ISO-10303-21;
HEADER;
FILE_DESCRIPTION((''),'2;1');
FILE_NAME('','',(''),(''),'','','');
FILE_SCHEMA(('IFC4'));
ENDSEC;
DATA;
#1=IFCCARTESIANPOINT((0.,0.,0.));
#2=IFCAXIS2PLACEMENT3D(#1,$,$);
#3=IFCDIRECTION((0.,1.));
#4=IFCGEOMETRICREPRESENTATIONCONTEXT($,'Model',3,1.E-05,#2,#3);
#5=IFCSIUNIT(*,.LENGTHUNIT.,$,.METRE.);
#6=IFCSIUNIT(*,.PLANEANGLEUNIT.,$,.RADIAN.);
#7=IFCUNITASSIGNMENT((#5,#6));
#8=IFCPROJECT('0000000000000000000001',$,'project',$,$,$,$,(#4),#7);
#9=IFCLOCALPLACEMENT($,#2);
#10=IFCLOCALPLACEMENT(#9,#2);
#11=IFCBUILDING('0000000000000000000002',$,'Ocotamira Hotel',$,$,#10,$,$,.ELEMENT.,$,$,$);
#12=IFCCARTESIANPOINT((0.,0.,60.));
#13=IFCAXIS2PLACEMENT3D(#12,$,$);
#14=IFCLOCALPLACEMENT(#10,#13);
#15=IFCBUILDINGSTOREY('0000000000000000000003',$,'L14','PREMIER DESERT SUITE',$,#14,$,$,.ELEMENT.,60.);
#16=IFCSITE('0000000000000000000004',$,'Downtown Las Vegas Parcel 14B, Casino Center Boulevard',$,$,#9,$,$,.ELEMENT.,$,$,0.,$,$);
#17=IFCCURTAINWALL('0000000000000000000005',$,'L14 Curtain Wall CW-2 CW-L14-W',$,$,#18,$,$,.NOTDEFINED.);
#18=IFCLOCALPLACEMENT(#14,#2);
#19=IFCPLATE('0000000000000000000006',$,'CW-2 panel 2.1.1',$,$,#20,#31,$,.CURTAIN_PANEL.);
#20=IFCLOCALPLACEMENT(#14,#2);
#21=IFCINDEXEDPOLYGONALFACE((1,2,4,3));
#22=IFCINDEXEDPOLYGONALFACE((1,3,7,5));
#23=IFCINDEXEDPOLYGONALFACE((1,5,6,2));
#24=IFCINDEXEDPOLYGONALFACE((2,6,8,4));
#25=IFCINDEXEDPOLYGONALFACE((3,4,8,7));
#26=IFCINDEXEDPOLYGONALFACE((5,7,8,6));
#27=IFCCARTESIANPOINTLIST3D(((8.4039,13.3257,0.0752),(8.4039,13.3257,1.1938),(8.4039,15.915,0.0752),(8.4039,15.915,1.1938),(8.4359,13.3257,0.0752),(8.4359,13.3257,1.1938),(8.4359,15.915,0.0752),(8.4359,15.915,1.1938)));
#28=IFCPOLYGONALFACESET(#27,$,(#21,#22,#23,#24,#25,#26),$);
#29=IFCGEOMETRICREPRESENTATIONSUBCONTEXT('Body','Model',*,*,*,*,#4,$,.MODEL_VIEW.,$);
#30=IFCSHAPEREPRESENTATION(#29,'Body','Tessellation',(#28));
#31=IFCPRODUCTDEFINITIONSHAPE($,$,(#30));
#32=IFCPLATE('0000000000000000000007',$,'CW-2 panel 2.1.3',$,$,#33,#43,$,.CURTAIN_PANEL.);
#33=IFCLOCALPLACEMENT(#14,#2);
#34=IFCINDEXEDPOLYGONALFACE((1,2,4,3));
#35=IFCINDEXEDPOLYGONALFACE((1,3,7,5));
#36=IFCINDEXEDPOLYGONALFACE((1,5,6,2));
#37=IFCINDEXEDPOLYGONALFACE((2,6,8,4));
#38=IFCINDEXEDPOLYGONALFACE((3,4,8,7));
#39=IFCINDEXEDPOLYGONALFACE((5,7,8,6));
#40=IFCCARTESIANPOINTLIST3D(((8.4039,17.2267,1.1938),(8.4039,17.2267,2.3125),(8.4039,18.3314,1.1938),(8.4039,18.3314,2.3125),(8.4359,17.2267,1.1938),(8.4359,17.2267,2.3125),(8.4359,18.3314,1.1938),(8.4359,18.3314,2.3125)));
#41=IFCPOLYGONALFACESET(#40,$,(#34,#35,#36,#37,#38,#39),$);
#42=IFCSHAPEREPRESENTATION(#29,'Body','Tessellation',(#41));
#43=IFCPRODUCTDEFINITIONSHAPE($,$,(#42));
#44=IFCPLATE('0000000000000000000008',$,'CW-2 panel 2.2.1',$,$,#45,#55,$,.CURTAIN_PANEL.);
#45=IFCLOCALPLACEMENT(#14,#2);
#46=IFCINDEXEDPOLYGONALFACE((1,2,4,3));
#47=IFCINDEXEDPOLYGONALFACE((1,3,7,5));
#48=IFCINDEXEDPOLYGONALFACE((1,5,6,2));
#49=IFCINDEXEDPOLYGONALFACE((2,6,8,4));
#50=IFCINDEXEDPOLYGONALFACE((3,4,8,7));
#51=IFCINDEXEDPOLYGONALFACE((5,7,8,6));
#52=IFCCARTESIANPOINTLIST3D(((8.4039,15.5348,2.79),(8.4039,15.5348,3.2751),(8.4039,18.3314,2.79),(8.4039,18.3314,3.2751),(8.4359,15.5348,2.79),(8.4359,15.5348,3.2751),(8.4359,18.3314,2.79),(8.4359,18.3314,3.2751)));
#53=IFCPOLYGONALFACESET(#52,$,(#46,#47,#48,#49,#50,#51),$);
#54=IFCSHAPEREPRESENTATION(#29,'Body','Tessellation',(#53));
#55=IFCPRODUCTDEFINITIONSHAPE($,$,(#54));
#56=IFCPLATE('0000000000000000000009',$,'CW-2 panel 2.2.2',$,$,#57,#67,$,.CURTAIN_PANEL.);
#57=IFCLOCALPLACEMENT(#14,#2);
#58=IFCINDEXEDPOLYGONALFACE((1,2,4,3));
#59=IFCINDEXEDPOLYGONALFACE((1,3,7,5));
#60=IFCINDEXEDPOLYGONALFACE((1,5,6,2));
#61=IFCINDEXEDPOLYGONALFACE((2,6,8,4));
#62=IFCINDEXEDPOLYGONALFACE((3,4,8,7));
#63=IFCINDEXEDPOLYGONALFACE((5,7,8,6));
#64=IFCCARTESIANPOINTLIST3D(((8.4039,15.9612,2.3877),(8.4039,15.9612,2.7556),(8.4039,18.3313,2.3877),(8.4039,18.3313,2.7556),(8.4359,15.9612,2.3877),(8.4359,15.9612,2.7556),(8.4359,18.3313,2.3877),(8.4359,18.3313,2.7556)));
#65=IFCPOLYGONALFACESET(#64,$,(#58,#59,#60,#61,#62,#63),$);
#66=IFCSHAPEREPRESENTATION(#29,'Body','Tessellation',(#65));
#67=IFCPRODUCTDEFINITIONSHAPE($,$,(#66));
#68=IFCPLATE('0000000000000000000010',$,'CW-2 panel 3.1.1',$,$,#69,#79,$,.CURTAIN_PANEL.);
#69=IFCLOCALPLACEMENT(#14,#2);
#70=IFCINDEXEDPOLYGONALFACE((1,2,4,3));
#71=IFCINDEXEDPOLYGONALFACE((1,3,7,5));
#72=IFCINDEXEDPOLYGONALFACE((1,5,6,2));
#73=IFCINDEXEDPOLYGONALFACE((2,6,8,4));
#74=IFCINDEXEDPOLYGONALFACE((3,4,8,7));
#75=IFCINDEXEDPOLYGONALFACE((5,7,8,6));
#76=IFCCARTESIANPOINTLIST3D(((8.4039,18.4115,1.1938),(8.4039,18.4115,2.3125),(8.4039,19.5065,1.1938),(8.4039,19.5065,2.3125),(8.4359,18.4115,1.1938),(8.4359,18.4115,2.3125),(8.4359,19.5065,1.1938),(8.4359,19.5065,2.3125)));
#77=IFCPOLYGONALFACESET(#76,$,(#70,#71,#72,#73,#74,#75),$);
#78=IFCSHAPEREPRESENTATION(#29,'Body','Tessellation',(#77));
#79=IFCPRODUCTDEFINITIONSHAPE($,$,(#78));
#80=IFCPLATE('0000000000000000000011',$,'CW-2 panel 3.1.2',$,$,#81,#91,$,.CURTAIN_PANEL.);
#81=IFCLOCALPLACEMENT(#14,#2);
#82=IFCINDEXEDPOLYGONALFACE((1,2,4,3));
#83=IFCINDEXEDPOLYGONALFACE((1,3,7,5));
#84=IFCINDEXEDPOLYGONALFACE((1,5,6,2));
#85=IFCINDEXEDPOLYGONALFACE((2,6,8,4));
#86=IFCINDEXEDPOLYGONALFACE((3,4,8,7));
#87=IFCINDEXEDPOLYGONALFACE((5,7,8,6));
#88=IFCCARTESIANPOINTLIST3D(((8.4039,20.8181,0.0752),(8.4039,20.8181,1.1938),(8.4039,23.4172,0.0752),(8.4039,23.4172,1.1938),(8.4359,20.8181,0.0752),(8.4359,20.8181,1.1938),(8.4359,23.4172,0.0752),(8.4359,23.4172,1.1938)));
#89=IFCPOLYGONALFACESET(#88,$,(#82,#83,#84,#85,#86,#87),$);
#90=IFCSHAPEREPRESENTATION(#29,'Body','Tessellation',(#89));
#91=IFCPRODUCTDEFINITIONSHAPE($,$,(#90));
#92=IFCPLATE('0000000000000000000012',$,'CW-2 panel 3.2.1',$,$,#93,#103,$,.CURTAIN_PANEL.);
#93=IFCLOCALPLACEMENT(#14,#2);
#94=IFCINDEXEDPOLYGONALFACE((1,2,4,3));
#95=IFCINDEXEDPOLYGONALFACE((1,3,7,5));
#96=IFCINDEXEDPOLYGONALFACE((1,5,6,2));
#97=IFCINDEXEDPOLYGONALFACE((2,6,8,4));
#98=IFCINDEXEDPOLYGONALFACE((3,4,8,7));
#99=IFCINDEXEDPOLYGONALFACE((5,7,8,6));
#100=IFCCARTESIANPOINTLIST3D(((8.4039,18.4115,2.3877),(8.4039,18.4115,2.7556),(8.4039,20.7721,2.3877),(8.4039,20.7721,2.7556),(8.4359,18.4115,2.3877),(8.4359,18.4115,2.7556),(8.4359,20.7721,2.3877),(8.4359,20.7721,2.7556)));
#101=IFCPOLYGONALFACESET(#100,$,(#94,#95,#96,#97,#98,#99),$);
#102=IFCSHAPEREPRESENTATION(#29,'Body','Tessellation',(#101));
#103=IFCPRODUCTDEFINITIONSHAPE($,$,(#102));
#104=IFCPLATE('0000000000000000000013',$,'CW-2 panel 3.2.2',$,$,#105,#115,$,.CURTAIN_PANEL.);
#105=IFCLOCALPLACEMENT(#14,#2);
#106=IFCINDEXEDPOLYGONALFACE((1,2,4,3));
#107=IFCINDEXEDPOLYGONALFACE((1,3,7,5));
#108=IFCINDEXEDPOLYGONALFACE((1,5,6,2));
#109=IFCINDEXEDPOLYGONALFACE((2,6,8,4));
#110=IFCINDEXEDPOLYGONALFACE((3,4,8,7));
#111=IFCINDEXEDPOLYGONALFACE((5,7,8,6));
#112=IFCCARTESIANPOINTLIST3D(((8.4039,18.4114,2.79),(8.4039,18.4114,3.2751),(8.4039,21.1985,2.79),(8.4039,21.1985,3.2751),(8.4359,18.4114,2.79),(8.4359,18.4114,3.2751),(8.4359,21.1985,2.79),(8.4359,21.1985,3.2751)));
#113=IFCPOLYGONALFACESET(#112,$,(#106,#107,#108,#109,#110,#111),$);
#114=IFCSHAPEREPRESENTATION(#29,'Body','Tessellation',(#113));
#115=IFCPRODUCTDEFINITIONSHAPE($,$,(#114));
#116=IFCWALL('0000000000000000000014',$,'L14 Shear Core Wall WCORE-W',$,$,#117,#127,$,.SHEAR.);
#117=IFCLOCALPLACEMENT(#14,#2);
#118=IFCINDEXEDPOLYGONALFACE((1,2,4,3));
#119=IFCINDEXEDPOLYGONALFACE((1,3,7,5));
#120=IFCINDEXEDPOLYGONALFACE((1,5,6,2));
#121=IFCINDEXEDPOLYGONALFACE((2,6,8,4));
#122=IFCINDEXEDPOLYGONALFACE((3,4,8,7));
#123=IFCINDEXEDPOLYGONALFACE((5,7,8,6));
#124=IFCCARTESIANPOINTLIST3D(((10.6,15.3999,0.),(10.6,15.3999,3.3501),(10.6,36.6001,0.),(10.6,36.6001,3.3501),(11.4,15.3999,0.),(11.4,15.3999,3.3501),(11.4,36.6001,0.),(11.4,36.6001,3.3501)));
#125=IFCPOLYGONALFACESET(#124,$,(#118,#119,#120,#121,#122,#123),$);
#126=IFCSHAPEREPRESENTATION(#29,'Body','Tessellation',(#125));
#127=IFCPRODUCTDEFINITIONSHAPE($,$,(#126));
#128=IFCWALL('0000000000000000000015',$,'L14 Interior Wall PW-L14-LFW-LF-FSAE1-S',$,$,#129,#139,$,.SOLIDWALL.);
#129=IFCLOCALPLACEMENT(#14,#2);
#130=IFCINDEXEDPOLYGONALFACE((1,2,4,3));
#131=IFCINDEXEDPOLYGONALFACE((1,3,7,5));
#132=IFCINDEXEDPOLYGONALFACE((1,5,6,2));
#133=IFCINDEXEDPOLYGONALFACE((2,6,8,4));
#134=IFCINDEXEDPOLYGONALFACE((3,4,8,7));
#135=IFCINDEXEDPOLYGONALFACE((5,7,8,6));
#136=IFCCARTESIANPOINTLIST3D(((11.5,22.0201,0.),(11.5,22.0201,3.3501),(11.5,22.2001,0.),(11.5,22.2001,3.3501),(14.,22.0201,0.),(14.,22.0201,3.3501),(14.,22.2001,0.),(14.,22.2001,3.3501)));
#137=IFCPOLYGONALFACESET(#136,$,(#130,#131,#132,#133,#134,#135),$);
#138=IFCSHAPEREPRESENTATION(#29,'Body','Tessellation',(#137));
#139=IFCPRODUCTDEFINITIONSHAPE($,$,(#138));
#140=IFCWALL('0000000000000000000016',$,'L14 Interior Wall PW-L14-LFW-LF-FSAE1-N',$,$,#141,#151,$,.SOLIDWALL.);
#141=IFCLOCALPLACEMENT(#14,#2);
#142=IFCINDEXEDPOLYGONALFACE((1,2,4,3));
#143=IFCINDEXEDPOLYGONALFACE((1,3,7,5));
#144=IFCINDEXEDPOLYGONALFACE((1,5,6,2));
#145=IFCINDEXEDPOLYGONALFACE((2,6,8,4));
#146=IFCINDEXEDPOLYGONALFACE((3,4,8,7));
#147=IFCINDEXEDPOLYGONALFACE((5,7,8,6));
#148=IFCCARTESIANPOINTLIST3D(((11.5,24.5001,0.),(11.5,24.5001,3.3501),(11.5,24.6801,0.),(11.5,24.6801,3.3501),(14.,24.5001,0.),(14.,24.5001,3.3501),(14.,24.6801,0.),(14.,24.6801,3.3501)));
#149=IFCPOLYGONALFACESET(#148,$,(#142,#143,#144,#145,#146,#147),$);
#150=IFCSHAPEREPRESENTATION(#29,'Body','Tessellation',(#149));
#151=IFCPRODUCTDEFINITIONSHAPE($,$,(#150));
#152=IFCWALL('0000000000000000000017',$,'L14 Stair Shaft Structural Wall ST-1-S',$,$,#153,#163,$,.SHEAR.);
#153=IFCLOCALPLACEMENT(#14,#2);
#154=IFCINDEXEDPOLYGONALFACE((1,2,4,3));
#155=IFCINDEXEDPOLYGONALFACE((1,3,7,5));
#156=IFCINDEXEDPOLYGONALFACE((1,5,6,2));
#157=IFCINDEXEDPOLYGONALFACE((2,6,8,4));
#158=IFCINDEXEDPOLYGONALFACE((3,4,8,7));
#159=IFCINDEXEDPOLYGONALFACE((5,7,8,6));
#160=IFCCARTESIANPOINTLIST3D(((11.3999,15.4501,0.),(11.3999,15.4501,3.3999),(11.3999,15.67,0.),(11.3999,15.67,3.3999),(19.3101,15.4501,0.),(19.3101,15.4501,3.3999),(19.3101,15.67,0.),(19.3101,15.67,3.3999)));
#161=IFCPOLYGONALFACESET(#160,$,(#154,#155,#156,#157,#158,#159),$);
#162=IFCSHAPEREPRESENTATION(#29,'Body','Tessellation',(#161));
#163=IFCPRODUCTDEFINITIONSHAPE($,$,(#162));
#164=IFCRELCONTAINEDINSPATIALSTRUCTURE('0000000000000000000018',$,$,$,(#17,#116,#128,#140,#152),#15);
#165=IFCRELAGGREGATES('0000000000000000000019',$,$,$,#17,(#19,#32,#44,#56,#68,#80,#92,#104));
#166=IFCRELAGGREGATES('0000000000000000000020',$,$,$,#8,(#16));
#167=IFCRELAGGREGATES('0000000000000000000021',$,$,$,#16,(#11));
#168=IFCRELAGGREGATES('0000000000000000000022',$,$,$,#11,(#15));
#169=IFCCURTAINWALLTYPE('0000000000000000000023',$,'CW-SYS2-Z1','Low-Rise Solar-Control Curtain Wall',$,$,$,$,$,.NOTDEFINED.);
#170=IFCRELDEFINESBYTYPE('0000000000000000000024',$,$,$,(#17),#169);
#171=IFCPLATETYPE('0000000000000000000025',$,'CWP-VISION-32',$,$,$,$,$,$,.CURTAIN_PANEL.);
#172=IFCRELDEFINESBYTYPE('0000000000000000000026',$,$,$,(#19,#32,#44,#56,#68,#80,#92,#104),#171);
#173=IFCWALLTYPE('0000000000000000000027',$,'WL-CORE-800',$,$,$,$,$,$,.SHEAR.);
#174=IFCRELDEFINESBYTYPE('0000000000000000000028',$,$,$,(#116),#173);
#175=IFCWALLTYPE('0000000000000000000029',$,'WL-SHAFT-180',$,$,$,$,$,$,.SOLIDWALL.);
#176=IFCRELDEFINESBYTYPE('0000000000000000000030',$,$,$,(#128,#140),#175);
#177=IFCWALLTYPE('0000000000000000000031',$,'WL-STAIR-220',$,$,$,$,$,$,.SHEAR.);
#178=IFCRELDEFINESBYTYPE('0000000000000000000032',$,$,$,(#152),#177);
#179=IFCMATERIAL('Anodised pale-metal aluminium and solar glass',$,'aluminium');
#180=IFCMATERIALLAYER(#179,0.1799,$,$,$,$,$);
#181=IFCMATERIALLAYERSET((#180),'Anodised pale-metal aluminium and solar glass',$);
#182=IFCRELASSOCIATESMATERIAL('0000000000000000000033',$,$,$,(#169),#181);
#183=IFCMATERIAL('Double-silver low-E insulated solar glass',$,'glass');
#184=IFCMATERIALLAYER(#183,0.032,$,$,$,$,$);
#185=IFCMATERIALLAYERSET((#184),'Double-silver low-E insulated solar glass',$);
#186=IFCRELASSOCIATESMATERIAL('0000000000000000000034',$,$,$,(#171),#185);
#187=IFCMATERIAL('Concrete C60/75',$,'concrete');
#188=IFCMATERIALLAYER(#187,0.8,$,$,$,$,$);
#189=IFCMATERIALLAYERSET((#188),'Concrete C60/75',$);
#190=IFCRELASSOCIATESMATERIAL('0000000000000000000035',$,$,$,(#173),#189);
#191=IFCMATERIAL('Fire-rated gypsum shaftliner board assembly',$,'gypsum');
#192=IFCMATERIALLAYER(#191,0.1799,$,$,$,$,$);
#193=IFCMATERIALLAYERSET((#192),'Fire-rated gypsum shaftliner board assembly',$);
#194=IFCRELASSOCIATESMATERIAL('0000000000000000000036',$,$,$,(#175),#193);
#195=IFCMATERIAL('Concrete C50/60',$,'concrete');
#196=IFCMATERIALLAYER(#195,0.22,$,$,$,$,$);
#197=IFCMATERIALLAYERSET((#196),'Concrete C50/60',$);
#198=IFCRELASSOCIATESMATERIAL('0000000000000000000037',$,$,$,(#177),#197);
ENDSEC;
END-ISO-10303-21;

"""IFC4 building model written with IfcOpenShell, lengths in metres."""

from ifc_helpers import new_model, si_unit, direction, frame, frame_2d, origin, origin_2d, place, context, subcontext, project, spatial, rectangle, extrude, source, transform, mapped, material, layer, layer_set, type_object, element, aggregate, save


model = new_model("IFC4")

# Units and contexts
model_context = context("Model", 3, precision=1e-05, world=origin(), true_north=direction((0.0, 1.0)))
body_context = subcontext(model_context, "Body", "Model", "MODEL_VIEW")
ifc_project = project(units=[si_unit("LENGTHUNIT", "METRE"), si_unit("PLANEANGLEUNIT", "RADIAN")], contexts=[model_context])

# Site, building, storey
site_placement = place(None, origin())
site = spatial("IfcSite", under=ifc_project, at=site_placement, Name="Downtown Las Vegas Parcel 14B, Casino Center Boulevard", CompositionType="ELEMENT", RefElevation=0.0)
building_placement = place(site_placement, origin())
building = spatial("IfcBuilding", under=site, at=building_placement, Name="Ocotamira Hotel", CompositionType="ELEMENT")
storey_placement = place(building_placement, frame((0.0, 0.0, 60.0)))
storey = spatial("IfcBuildingStorey", under=building, at=storey_placement, Name="L14", Description="PREMIER DESERT SUITE", CompositionType="ELEMENT", Elevation=60.0)

# Shared definitions
ifc_material_1 = material(Name="Concrete C60/75", Category="concrete")

# Curtain wall
ifc_material_2 = material(Name="Anodised pale-metal aluminium and solar glass", Category="aluminium")
ifc_layer_1 = layer(ifc_material_2, 0.1799)
ifc_layer_set_1 = layer_set([ifc_layer_1], Name="Anodised pale-metal aluminium and solar glass")
curtain_wall_type = type_object("IfcCurtainWallType", Name="CW-SYS2-Z1", Description="Low-Rise Solar-Control Curtain Wall", PredefinedType="NOTDEFINED", material=ifc_layer_set_1)
curtain_wall_placement = place(storey_placement, origin())
curtain_wall = element("IfcCurtainWall", 1, at=curtain_wall_placement, inside=storey, type_object=curtain_wall_type, Name="L14 Curtain Wall CW-2 CW-L14-W", PredefinedType="NOTDEFINED")

# Plates
ifc_material_3 = material(Name="Double-silver low-E insulated solar glass", Category="glass")
ifc_layer_2 = layer(ifc_material_3, 0.032)
ifc_layer_set_2 = layer_set([ifc_layer_2], Name="Double-silver low-E insulated solar glass")
plate_type_1 = type_object("IfcPlateType", Name="CWP-VISION-32", PredefinedType="CURTAIN_PANEL", material=ifc_layer_set_2)
shared_shape_1 = source(origin(), body_context, "Body", "SweptSolid", [
    extrude(rectangle(XDim=2.5894, YDim=0.032, at=origin_2d()), origin(), (0.0, 0.0, 1.0), 1.1187),
])
plate_1_placement = place(storey_placement, frame((8.4199, 14.6204, 0.0752), z_axis=(0.0, 0.0, 1.0), x_axis=(0.0, 1.0, 0.0)))
plate_1 = element("IfcPlate", 2, at=plate_1_placement, type_object=plate_type_1, Name="CW-2 panel 2.1.1", PredefinedType="CURTAIN_PANEL", context=body_context, shape_type="MappedRepresentation", body=[
    mapped(shared_shape_1, transform((0.0, 0.0, 0.0), scale=1.0)),
])
shared_shape_2 = source(origin(), body_context, "Body", "SweptSolid", [
    extrude(rectangle(XDim=1.1047, YDim=0.032, at=origin_2d()), origin(), (0.0, 0.0, 1.0), 1.1187),
])
plate_2_placement = place(storey_placement, frame((8.4199, 17.7791, 1.1938), z_axis=(0.0, 0.0, 1.0), x_axis=(0.0, 1.0, 0.0)))
plate_2 = element("IfcPlate", 3, at=plate_2_placement, type_object=plate_type_1, Name="CW-2 panel 2.1.3", PredefinedType="CURTAIN_PANEL", context=body_context, shape_type="MappedRepresentation", body=[
    mapped(shared_shape_2, transform((0.0, 0.0, 0.0), scale=1.0)),
])
shared_shape_3 = source(origin(), body_context, "Body", "SweptSolid", [
    extrude(rectangle(XDim=2.7966, YDim=0.032, at=origin_2d()), origin(), (0.0, 0.0, 1.0), 0.4851),
])
plate_3_placement = place(storey_placement, frame((8.4199, 16.9331, 2.79), z_axis=(0.0, 0.0, 1.0), x_axis=(0.0, 1.0, 0.0)))
plate_3 = element("IfcPlate", 4, at=plate_3_placement, type_object=plate_type_1, Name="CW-2 panel 2.2.1", PredefinedType="CURTAIN_PANEL", context=body_context, shape_type="MappedRepresentation", body=[
    mapped(shared_shape_3, transform((0.0, 0.0, 0.0), scale=1.0)),
])
shared_shape_4 = source(origin(), body_context, "Body", "SweptSolid", [
    extrude(rectangle(XDim=2.3701, YDim=0.032, at=origin_2d()), origin(), (0.0, 0.0, 1.0), 0.3679),
])
plate_4_placement = place(storey_placement, frame((8.4199, 17.1462, 2.3877), z_axis=(0.0, 0.0, 1.0), x_axis=(0.0, 1.0, 0.0)))
plate_4 = element("IfcPlate", 5, at=plate_4_placement, type_object=plate_type_1, Name="CW-2 panel 2.2.2", PredefinedType="CURTAIN_PANEL", context=body_context, shape_type="MappedRepresentation", body=[
    mapped(shared_shape_4, transform((0.0, 0.0, 0.0), scale=1.0)),
])
shared_shape_5 = source(origin(), body_context, "Body", "SweptSolid", [
    extrude(rectangle(XDim=1.095, YDim=0.032, at=origin_2d()), origin(), (0.0, 0.0, 1.0), 1.1187),
])
plate_5_placement = place(storey_placement, frame((8.4199, 18.959, 1.1938), z_axis=(0.0, 0.0, 1.0), x_axis=(0.0, 1.0, 0.0)))
plate_5 = element("IfcPlate", 6, at=plate_5_placement, type_object=plate_type_1, Name="CW-2 panel 3.1.1", PredefinedType="CURTAIN_PANEL", context=body_context, shape_type="MappedRepresentation", body=[
    mapped(shared_shape_5, transform((0.0, 0.0, 0.0), scale=1.0)),
])
shared_shape_6 = source(origin(), body_context, "Body", "SweptSolid", [
    extrude(rectangle(XDim=2.5991, YDim=0.032, at=origin_2d()), origin(), (0.0, 0.0, 1.0), 1.1187),
])
plate_6_placement = place(storey_placement, frame((8.4199, 22.1177, 0.0752), z_axis=(0.0, 0.0, 1.0), x_axis=(0.0, 1.0, 0.0)))
plate_6 = element("IfcPlate", 7, at=plate_6_placement, type_object=plate_type_1, Name="CW-2 panel 3.1.2", PredefinedType="CURTAIN_PANEL", context=body_context, shape_type="MappedRepresentation", body=[
    mapped(shared_shape_6, transform((0.0, 0.0, 0.0), scale=1.0)),
])
shared_shape_7 = source(origin(), body_context, "Body", "SweptSolid", [
    extrude(rectangle(XDim=2.3606, YDim=0.032, at=origin_2d()), origin(), (0.0, 0.0, 1.0), 0.3679),
])
plate_7_placement = place(storey_placement, frame((8.4199, 19.5918, 2.3877), z_axis=(0.0, 0.0, 1.0), x_axis=(0.0, 1.0, 0.0)))
plate_7 = element("IfcPlate", 8, at=plate_7_placement, type_object=plate_type_1, Name="CW-2 panel 3.2.1", PredefinedType="CURTAIN_PANEL", context=body_context, shape_type="MappedRepresentation", body=[
    mapped(shared_shape_7, transform((0.0, 0.0, 0.0), scale=1.0)),
])
shared_shape_8 = source(origin(), body_context, "Body", "SweptSolid", [
    extrude(rectangle(XDim=2.7871, YDim=0.032, at=origin_2d()), origin(), (0.0, 0.0, 1.0), 0.4851),
])
plate_8_placement = place(storey_placement, frame((8.4199, 19.8049, 2.79), z_axis=(0.0, 0.0, 1.0), x_axis=(0.0, 1.0, 0.0)))
plate_8 = element("IfcPlate", 9, at=plate_8_placement, type_object=plate_type_1, Name="CW-2 panel 3.2.2", PredefinedType="CURTAIN_PANEL", context=body_context, shape_type="MappedRepresentation", body=[
    mapped(shared_shape_8, transform((0.0, 0.0, 0.0), scale=1.0)),
])
aggregate(curtain_wall, [plate_1, plate_2, plate_3, plate_4, plate_5, plate_6, plate_7, plate_8])

# Shared definitions
ifc_layer_3 = layer(ifc_material_1, 0.8)
ifc_layer_set_3 = layer_set([ifc_layer_3], Name="Concrete C60/75")
wall_type_1 = type_object("IfcWallType", Name="WL-CORE-800", PredefinedType="SHEAR", material=ifc_layer_set_3)

# Walls
wall_1_placement = place(storey_placement, frame((11.0, 15.3999, 0.0), z_axis=(0.0, 0.0, 1.0), x_axis=(0.0, 1.0, 0.0)))
element("IfcWall", 10, at=wall_1_placement, inside=storey, type_object=wall_type_1, Name="L14 Shear Core Wall WCORE-W", PredefinedType="SHEAR", context=body_context, shape_type="SweptSolid", body=[
    extrude(rectangle(XDim=21.2002, YDim=0.8, at=frame_2d((10.6001, 0.0))), origin(), (0.0, 0.0, 1.0), 3.3501),
])
ifc_material_4 = material(Name="Fire-rated gypsum shaftliner board assembly", Category="gypsum")
ifc_layer_4 = layer(ifc_material_4, 0.1799)
ifc_layer_set_4 = layer_set([ifc_layer_4], Name="Fire-rated gypsum shaftliner board assembly")
wall_type_2 = type_object("IfcWallType", Name="WL-SHAFT-180", PredefinedType="SOLIDWALL", material=ifc_layer_set_4)
for number, where, z_axis, x_axis, name in (
    (11, (11.5, 22.1101, 0.0), (0.0, 0.0, 1.0), (1.0, 0.0, 0.0), "L14 Interior Wall PW-L14-LFW-LF-FSAE1-S"),
    (12, (11.5, 24.5901, 0.0), (0.0, 0.0, 1.0), (1.0, 0.0, 0.0), "L14 Interior Wall PW-L14-LFW-LF-FSAE1-N"),
):
    element("IfcWall", number, at=place(storey_placement, frame(where, z_axis=z_axis, x_axis=x_axis)), inside=storey, type_object=wall_type_2, Name=name, PredefinedType="SOLIDWALL", context=body_context, shape_type="SweptSolid", body=[
        extrude(rectangle(XDim=2.5, YDim=0.1799, at=frame_2d((1.25, 0.0))), origin(), (0.0, 0.0, 1.0), 3.3501),
    ])
ifc_material_5 = material(Name="Concrete C50/60", Category="concrete")
ifc_layer_5 = layer(ifc_material_5, 0.22)
ifc_layer_set_5 = layer_set([ifc_layer_5], Name="Concrete C50/60")
wall_type_3 = type_object("IfcWallType", Name="WL-STAIR-220", PredefinedType="SHEAR", material=ifc_layer_set_5)
wall_2_placement = place(storey_placement, frame((11.3999, 15.5601, 0.0), z_axis=(0.0, 0.0, 1.0), x_axis=(1.0, 0.0, 0.0)))
element("IfcWall", 13, at=wall_2_placement, inside=storey, type_object=wall_type_3, Name="L14 Stair Shaft Structural Wall ST-1-S", PredefinedType="SHEAR", context=body_context, shape_type="SweptSolid", body=[
    extrude(rectangle(XDim=7.9102, YDim=0.22, at=frame_2d((3.9551, 0.0))), origin(), (0.0, 0.0, 1.0), 3.3999),
])

save(model, "model.ifc")
